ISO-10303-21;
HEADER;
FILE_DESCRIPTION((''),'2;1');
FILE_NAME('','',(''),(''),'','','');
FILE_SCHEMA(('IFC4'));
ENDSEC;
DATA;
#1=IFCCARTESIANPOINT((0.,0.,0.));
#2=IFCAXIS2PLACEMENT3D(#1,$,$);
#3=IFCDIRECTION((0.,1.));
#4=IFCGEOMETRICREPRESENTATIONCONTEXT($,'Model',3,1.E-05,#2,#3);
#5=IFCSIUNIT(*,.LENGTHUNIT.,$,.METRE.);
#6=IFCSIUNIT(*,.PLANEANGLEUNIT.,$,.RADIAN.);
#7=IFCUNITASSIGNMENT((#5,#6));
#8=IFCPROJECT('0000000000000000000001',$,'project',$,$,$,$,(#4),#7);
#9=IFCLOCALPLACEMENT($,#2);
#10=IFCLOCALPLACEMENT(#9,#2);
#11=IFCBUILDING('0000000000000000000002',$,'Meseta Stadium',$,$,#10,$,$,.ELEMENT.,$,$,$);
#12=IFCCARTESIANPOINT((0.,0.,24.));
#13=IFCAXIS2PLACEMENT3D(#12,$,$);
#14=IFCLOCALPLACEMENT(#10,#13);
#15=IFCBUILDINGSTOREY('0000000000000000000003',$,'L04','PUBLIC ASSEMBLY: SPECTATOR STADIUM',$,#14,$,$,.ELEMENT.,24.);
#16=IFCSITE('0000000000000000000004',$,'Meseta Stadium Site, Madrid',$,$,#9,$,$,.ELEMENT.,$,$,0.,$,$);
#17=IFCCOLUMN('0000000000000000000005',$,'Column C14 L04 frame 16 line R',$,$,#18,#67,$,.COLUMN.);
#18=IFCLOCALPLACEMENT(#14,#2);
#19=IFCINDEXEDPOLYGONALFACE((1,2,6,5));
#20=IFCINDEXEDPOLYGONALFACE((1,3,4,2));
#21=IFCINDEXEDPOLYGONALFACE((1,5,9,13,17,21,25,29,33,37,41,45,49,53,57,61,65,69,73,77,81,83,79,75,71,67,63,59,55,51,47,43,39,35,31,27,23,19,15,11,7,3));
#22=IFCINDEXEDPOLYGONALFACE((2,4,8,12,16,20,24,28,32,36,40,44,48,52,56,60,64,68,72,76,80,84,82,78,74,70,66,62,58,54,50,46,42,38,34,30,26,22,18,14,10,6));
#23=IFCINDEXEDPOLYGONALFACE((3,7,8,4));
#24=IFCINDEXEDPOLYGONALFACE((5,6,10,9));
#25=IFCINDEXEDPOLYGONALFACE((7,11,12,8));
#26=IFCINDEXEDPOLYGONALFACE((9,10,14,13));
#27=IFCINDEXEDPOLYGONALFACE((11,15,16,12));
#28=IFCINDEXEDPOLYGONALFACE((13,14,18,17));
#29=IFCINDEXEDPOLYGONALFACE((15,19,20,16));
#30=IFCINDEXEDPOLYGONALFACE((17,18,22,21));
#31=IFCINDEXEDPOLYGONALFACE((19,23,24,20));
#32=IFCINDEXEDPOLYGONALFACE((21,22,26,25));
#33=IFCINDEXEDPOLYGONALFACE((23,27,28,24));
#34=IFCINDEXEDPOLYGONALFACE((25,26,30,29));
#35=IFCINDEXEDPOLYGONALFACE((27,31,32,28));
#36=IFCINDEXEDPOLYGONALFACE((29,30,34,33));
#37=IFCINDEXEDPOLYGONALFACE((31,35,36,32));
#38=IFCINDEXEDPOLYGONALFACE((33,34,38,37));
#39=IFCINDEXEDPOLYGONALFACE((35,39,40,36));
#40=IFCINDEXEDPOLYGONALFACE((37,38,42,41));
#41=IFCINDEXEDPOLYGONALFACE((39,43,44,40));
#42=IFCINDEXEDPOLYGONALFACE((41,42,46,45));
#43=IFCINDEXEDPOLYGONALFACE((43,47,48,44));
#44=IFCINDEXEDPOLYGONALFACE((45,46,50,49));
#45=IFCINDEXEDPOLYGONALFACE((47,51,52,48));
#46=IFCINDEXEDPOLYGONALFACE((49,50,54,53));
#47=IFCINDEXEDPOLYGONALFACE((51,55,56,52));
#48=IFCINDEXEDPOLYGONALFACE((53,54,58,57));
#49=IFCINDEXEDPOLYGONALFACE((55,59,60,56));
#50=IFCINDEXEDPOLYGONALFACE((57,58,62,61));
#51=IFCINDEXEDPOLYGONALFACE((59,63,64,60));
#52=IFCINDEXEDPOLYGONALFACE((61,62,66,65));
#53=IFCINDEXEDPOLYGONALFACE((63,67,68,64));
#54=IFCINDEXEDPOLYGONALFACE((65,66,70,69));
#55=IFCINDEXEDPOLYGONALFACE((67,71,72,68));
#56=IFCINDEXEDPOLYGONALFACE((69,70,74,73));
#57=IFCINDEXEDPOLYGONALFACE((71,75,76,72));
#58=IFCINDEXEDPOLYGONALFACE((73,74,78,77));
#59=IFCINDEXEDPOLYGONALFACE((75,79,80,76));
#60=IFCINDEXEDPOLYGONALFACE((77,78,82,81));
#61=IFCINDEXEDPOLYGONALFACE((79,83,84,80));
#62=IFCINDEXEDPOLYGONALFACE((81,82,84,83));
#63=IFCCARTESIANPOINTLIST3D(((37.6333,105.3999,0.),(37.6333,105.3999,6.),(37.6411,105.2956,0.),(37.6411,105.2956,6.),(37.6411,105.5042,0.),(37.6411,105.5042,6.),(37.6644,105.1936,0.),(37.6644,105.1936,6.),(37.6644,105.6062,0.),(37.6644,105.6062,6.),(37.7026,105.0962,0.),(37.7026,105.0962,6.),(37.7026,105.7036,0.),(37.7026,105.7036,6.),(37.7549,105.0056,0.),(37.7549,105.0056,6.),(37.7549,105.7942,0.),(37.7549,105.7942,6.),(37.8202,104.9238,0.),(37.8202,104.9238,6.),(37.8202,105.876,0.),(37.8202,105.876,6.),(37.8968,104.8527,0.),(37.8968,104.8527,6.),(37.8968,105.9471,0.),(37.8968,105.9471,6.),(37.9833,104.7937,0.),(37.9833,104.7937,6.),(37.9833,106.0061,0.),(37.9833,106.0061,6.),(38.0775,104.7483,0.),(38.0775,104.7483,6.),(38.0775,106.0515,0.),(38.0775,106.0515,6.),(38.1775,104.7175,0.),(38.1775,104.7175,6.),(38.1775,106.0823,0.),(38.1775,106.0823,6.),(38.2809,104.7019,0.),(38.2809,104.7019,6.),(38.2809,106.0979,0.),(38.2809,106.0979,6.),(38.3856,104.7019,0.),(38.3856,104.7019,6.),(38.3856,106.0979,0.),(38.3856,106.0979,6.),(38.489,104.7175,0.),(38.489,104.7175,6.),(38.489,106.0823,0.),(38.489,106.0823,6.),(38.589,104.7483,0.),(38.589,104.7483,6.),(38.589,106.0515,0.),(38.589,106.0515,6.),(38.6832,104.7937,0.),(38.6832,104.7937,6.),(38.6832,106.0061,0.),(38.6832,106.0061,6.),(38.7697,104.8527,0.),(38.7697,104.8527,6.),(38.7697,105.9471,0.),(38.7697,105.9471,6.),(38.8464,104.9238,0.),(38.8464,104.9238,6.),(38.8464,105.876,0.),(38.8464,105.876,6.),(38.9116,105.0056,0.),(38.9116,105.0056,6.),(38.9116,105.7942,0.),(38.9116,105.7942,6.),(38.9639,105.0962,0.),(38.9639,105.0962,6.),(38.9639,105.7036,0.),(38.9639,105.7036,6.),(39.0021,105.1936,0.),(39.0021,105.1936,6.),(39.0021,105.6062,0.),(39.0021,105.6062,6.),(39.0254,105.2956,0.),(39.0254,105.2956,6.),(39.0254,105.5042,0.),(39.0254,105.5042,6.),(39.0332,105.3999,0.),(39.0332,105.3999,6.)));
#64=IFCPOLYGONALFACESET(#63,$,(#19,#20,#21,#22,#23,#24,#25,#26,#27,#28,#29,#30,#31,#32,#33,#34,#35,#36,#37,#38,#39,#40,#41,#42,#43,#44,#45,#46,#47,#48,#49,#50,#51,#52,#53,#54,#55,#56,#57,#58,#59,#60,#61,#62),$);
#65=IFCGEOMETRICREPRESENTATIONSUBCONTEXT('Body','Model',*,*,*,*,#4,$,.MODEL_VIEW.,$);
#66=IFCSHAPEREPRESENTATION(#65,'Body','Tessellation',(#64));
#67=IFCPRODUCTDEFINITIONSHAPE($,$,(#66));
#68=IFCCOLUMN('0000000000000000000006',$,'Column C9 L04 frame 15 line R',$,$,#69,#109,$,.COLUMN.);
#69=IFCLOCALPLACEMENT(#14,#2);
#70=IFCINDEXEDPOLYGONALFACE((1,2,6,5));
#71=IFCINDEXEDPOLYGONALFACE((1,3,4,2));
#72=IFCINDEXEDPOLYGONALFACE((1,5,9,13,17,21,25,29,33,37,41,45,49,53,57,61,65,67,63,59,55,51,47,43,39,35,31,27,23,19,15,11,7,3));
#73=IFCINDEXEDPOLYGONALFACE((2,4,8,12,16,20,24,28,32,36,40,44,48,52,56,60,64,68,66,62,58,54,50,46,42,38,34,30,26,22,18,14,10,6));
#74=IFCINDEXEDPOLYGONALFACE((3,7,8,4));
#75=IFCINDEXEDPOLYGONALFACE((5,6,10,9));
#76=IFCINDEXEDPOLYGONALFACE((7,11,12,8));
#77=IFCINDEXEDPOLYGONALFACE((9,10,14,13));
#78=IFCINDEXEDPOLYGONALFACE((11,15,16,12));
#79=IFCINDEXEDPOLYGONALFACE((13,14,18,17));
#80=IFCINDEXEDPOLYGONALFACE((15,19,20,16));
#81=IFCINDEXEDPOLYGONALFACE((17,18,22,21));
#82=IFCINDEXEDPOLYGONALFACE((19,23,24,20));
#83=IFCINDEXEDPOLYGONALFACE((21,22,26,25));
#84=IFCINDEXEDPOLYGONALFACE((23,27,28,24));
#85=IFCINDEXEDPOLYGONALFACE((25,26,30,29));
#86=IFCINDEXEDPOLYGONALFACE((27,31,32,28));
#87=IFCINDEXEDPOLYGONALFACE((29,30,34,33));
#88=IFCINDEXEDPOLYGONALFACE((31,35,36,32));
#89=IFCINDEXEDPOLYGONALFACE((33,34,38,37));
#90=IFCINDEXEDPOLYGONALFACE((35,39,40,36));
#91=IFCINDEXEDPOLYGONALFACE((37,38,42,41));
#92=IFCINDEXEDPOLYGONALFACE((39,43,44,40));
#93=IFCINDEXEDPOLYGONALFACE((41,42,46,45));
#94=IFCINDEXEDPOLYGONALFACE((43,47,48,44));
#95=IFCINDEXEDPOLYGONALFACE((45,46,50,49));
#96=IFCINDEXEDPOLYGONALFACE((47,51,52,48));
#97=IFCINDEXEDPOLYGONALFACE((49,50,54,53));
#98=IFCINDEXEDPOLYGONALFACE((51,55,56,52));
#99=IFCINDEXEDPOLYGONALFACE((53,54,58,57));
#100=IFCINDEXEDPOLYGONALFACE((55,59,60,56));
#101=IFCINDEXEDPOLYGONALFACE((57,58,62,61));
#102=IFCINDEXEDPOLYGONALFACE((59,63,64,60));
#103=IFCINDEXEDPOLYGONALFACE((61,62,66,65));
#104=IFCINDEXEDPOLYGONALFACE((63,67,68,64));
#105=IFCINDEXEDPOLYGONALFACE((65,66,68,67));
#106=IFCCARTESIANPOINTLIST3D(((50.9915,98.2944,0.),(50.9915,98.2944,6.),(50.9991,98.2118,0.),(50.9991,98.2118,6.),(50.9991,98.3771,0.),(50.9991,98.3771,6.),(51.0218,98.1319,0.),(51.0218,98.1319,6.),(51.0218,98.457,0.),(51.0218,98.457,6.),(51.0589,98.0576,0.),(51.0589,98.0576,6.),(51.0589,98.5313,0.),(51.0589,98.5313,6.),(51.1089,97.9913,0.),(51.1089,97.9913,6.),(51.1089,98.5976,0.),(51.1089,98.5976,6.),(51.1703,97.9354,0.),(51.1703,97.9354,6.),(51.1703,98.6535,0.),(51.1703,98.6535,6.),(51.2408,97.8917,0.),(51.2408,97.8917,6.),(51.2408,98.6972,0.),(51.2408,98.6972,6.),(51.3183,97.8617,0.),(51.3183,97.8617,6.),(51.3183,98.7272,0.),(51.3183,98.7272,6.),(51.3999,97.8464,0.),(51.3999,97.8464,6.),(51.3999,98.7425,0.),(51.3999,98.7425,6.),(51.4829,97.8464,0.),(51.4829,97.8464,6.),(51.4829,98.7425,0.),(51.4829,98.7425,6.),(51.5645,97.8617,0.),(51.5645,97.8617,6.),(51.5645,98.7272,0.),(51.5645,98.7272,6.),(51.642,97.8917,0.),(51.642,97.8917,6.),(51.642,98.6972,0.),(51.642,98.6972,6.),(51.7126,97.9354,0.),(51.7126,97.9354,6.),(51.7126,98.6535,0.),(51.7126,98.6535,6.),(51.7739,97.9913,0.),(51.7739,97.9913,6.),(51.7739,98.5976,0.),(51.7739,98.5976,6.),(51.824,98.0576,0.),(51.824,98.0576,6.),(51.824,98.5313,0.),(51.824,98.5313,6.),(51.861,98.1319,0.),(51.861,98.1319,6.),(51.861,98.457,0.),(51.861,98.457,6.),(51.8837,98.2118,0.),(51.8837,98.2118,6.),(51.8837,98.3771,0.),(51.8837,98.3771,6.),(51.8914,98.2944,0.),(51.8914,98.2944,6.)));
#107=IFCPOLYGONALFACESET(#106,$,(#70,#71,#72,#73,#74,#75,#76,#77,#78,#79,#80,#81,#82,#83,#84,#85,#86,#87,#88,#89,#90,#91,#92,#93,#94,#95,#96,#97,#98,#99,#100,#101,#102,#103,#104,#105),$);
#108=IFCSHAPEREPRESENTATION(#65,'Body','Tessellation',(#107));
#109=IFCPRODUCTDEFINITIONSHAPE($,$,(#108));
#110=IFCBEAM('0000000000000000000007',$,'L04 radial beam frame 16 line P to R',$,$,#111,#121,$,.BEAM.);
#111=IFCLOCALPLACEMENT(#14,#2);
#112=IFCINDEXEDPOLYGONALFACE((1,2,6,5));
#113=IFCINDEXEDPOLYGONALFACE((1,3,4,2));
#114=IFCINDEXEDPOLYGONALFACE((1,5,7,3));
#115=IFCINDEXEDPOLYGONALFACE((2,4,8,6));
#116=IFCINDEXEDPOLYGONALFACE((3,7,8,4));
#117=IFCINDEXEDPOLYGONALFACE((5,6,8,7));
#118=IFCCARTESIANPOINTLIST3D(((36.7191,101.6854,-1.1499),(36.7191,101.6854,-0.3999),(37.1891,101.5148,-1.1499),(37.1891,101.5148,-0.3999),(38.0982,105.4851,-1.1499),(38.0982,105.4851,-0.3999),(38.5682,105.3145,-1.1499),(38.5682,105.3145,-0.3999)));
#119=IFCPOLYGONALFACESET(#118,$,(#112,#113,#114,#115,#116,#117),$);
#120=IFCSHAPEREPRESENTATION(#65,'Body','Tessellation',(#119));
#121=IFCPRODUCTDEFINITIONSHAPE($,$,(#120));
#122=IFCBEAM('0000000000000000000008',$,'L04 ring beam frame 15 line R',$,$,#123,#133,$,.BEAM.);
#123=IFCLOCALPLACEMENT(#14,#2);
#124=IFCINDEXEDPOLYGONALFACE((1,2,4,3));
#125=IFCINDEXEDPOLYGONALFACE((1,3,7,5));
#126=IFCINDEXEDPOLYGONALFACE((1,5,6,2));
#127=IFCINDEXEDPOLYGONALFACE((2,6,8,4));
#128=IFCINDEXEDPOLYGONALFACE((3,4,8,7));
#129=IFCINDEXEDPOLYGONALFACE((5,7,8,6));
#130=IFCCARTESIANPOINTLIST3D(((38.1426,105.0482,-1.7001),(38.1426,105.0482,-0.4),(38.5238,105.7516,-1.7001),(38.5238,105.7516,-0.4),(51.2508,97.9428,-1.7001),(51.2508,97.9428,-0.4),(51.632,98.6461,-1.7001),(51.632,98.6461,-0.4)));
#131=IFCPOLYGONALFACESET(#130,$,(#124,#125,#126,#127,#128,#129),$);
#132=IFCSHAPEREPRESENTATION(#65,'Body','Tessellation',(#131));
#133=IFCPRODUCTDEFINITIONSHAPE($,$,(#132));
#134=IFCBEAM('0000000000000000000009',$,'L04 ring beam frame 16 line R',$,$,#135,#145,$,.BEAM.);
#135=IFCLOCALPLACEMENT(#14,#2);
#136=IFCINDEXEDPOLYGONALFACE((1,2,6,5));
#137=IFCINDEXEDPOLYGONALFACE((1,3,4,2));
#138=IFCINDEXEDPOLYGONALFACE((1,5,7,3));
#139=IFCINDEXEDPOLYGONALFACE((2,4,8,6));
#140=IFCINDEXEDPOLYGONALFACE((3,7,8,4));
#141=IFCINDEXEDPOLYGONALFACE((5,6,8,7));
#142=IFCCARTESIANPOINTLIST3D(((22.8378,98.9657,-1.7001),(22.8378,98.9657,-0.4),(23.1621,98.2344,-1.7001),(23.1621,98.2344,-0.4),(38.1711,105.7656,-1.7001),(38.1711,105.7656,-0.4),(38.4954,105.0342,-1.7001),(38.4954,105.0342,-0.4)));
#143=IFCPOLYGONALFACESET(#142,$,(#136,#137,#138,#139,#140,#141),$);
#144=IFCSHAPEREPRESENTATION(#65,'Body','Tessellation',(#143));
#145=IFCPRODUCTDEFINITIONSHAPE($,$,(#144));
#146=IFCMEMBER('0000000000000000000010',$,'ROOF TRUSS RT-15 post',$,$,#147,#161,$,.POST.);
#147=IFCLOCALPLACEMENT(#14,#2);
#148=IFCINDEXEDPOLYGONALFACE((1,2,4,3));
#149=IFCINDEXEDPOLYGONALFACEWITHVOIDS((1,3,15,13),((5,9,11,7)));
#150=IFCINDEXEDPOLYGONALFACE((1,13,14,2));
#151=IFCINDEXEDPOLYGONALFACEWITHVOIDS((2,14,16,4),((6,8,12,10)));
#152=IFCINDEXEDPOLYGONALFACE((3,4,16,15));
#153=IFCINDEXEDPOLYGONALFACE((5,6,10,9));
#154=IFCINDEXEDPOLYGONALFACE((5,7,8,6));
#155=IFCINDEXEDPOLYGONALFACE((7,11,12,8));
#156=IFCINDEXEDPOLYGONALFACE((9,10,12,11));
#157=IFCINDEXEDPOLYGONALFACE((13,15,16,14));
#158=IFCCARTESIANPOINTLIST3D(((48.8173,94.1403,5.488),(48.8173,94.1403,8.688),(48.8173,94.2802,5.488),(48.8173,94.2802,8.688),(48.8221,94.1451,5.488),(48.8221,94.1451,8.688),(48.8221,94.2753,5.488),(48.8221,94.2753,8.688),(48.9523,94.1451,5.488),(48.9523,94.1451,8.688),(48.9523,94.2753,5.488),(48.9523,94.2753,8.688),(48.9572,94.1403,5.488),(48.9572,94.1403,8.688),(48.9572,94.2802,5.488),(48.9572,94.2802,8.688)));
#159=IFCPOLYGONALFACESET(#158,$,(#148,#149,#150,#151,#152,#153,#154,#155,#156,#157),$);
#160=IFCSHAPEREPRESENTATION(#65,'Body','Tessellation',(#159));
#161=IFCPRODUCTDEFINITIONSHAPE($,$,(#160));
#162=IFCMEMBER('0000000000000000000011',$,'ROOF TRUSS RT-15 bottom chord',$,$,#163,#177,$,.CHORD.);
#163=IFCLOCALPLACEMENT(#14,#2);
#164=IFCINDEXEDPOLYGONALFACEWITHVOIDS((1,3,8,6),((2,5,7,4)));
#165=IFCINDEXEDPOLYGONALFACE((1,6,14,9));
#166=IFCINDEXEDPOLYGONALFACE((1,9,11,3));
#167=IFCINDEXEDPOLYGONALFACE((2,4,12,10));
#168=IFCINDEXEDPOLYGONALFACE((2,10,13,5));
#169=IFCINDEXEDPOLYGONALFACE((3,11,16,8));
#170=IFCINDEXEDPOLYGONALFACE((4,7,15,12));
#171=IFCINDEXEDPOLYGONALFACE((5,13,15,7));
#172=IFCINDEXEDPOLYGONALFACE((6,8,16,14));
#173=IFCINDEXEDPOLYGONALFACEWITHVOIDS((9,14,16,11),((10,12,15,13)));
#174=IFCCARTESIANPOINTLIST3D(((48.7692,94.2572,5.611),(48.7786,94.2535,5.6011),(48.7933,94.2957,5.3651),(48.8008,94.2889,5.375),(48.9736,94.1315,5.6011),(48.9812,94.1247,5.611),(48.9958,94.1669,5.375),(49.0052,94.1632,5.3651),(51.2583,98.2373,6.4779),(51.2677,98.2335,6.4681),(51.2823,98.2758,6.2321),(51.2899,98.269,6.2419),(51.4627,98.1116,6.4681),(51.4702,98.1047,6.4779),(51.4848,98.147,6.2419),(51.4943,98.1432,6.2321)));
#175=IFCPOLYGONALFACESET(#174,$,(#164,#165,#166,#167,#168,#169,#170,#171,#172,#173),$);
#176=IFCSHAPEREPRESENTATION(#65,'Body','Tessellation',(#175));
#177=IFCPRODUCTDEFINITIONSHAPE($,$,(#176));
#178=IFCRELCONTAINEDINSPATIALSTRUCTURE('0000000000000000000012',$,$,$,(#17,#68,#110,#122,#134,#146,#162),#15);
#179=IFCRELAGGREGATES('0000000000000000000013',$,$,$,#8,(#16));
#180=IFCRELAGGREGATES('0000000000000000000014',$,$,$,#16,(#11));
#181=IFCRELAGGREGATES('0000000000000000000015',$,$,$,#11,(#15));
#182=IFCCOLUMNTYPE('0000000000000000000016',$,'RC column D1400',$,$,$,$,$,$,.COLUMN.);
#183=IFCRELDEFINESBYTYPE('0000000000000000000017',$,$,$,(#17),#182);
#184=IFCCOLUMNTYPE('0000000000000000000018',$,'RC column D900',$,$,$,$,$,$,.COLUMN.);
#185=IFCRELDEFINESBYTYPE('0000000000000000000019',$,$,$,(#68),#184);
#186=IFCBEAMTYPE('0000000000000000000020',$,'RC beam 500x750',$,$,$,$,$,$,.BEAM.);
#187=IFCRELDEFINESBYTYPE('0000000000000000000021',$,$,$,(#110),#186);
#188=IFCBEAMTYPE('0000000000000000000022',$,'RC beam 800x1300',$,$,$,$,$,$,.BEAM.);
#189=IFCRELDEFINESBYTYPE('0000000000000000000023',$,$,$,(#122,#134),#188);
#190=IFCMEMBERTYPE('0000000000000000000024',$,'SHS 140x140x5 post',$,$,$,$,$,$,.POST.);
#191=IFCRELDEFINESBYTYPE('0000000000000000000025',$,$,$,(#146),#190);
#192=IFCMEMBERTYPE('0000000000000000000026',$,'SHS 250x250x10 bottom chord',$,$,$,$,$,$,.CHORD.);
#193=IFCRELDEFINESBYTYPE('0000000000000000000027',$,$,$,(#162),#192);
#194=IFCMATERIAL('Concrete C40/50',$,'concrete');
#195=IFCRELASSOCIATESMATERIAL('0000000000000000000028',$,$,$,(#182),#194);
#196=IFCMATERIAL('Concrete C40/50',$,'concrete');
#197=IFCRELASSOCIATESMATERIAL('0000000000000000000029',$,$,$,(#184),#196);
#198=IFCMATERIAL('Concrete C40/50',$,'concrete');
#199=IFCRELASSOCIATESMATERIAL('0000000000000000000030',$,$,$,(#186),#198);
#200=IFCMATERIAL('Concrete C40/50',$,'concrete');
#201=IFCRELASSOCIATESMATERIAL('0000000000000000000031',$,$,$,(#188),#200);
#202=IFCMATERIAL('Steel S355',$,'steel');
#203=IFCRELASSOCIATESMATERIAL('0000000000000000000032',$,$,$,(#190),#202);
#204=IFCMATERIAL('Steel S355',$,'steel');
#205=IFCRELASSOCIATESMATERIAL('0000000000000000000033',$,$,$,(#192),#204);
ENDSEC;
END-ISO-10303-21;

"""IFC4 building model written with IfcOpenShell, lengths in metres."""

from ifc_helpers import new_model, si_unit, direction, frame, origin, origin_2d, place, context, subcontext, project, spatial, rectangle, hollow_rectangle, circle, extrude, material, material_profile, profile_set, type_object, element, save


model = new_model("IFC4")

# Units and contexts
model_context = context("Model", 3, precision=1e-05, world=origin(), true_north=direction((0.0, 1.0)))
body_context = subcontext(model_context, "Body", "Model", "MODEL_VIEW")
ifc_project = project(units=[si_unit("LENGTHUNIT", "METRE"), si_unit("PLANEANGLEUNIT", "RADIAN")], contexts=[model_context])

# Site, building, storey
site_placement = place(None, origin())
site = spatial("IfcSite", under=ifc_project, at=site_placement, Name="Meseta Stadium Site, Madrid", CompositionType="ELEMENT", RefElevation=0.0)
building_placement = place(site_placement, origin())
building = spatial("IfcBuilding", under=site, at=building_placement, Name="Meseta Stadium", CompositionType="ELEMENT")
storey_placement = place(building_placement, frame((0.0, 0.0, 24.0)))
storey = spatial("IfcBuildingStorey", under=building, at=storey_placement, Name="L04", Description="PUBLIC ASSEMBLY: SPECTATOR STADIUM", CompositionType="ELEMENT", Elevation=24.0)

# Columns
ifc_material_1 = material(Name="Concrete C40/50", Category="concrete")
ifc_material_profile_1 = material_profile(ifc_material_1, circle(Radius=0.7, at=origin_2d()), Name="RC D1400")
ifc_profile_set_1 = profile_set([ifc_material_profile_1], Name="Concrete C40/50")
column_type_1 = type_object("IfcColumnType", Name="RC column D1400", PredefinedType="COLUMN", material=ifc_profile_set_1)
column_1_placement = place(storey_placement, frame((38.3333, 105.3999, 0.0), z_axis=(0.0, 0.0, 1.0), x_axis=(1.0, 0.0, 0.0)))
element("IfcColumn", 1, at=column_1_placement, inside=storey, type_object=column_type_1, Name="Column C14 L04 frame 16 line R", PredefinedType="COLUMN", context=body_context, shape_type="SweptSolid", body=[
    extrude(circle(Radius=0.7, at=origin_2d()), origin(), (0.0, 0.0, 1.0), 6.0),
])
ifc_material_2 = material(Name="Concrete C40/50", Category="concrete")
ifc_material_profile_2 = material_profile(ifc_material_2, circle(Radius=0.45, at=origin_2d()), Name="RC D900")
ifc_profile_set_2 = profile_set([ifc_material_profile_2], Name="Concrete C40/50")
column_type_2 = type_object("IfcColumnType", Name="RC column D900", PredefinedType="COLUMN", material=ifc_profile_set_2)
column_2_placement = place(storey_placement, frame((51.4414, 98.2944, 0.0), z_axis=(0.0, 0.0, 1.0), x_axis=(1.0, 0.0, 0.0)))
element("IfcColumn", 2, at=column_2_placement, inside=storey, type_object=column_type_2, Name="Column C9 L04 frame 15 line R", PredefinedType="COLUMN", context=body_context, shape_type="SweptSolid", body=[
    extrude(circle(Radius=0.45, at=origin_2d()), origin(), (0.0, 0.0, 1.0), 6.0),
])

# Beams
ifc_material_3 = material(Name="Concrete C40/50", Category="concrete")
ifc_material_profile_3 = material_profile(ifc_material_3, rectangle(XDim=0.5, YDim=0.75, at=origin_2d()), Name="RC 500x750")
ifc_profile_set_3 = profile_set([ifc_material_profile_3], Name="Concrete C40/50")
beam_type_1 = type_object("IfcBeamType", Name="RC beam 500x750", PredefinedType="BEAM", material=ifc_profile_set_3)
beam_1_placement = place(storey_placement, frame((36.9541, 101.6001, -0.7749), z_axis=(0.341176, 0.94, 0.0), x_axis=(-0.94, 0.341176, 0.0)))
element("IfcBeam", 3, at=beam_1_placement, inside=storey, type_object=beam_type_1, Name="L04 radial beam frame 16 line P to R", PredefinedType="BEAM", context=body_context, shape_type="SweptSolid", body=[
    extrude(rectangle(XDim=0.5, YDim=0.75, at=origin_2d()), origin(), (0.0, 0.0, 1.0), 4.0422),
])
ifc_material_4 = material(Name="Concrete C40/50", Category="concrete")
ifc_material_profile_4 = material_profile(ifc_material_4, rectangle(XDim=0.8, YDim=1.3, at=origin_2d()), Name="RC 800x1300")
ifc_profile_set_4 = profile_set([ifc_material_profile_4], Name="Concrete C40/50")
beam_type_2 = type_object("IfcBeamType", Name="RC beam 800x1300", PredefinedType="BEAM", material=ifc_profile_set_4)
beam_2_placement = place(storey_placement, frame((51.4414, 98.2944, -1.05), z_axis=(-0.879145, 0.476554, 0.0), x_axis=(-0.476554, -0.879145, 0.0)))
element("IfcBeam", 4, at=beam_2_placement, inside=storey, type_object=beam_type_2, Name="L04 ring beam frame 15 line R", PredefinedType="BEAM", context=body_context, shape_type="SweptSolid", body=[
    extrude(rectangle(XDim=0.8, YDim=1.3, at=origin_2d()), origin(), (0.0, 0.0, 1.0), 14.9102),
])
beam_3_placement = place(storey_placement, frame((38.3333, 105.3999, -1.05), z_axis=(-0.914143, -0.405393, 0.0), x_axis=(0.405393, -0.914143, 0.0)))
element("IfcBeam", 5, at=beam_3_placement, inside=storey, type_object=beam_type_2, Name="L04 ring beam frame 16 line R", PredefinedType="BEAM", context=body_context, shape_type="SweptSolid", body=[
    extrude(rectangle(XDim=0.8, YDim=1.3, at=origin_2d()), origin(), (0.0, 0.0, 1.0), 16.7734),
])

# Members
ifc_material_5 = material(Name="Steel S355", Category="steel")
ifc_material_profile_5 = material_profile(ifc_material_5, hollow_rectangle(XDim=0.1399, YDim=0.1399, WallThickness=0.0049, at=origin_2d()), Name="SHS 140x140x5")
ifc_profile_set_5 = profile_set([ifc_material_profile_5], Name="Steel S355")
member_type_1 = type_object("IfcMemberType", Name="SHS 140x140x5 post", PredefinedType="POST", material=ifc_profile_set_5)
member_1_placement = place(storey_placement, frame((48.8872, 94.2102, 5.488), z_axis=(0.0, 0.0, 1.0), x_axis=(1.0, 0.0, 0.0)))
element("IfcMember", 6, at=member_1_placement, inside=storey, type_object=member_type_1, Name="ROOF TRUSS RT-15 post", PredefinedType="POST", context=body_context, shape_type="SweptSolid", body=[
    extrude(hollow_rectangle(XDim=0.1399, YDim=0.1399, WallThickness=0.0049, at=origin_2d()), origin(), (0.0, 0.0, 1.0), 3.2),
])
ifc_material_6 = material(Name="Steel S355", Category="steel")
ifc_material_profile_6 = material_profile(ifc_material_6, hollow_rectangle(XDim=0.25, YDim=0.25, WallThickness=0.01, at=origin_2d()), Name="SHS 250x250x10")
ifc_profile_set_6 = profile_set([ifc_material_profile_6], Name="Steel S355")
member_type_2 = type_object("IfcMemberType", Name="SHS 250x250x10 bottom chord", PredefinedType="CHORD", material=ifc_profile_set_6)
member_2_placement = place(storey_placement, frame((48.8872, 94.2102, 5.488), z_axis=(0.521415, 0.833752, 0.181613), x_axis=(-0.847852, 0.530233, 0.0)))
element("IfcMember", 7, at=member_2_placement, inside=storey, type_object=member_type_2, Name="ROOF TRUSS RT-15 bottom chord", PredefinedType="CHORD", context=body_context, shape_type="SweptSolid", body=[
    extrude(hollow_rectangle(XDim=0.25, YDim=0.25, WallThickness=0.01, at=origin_2d()), origin(), (0.0, 0.0, 1.0), 4.7737),
])

save(model, "model.ifc")
